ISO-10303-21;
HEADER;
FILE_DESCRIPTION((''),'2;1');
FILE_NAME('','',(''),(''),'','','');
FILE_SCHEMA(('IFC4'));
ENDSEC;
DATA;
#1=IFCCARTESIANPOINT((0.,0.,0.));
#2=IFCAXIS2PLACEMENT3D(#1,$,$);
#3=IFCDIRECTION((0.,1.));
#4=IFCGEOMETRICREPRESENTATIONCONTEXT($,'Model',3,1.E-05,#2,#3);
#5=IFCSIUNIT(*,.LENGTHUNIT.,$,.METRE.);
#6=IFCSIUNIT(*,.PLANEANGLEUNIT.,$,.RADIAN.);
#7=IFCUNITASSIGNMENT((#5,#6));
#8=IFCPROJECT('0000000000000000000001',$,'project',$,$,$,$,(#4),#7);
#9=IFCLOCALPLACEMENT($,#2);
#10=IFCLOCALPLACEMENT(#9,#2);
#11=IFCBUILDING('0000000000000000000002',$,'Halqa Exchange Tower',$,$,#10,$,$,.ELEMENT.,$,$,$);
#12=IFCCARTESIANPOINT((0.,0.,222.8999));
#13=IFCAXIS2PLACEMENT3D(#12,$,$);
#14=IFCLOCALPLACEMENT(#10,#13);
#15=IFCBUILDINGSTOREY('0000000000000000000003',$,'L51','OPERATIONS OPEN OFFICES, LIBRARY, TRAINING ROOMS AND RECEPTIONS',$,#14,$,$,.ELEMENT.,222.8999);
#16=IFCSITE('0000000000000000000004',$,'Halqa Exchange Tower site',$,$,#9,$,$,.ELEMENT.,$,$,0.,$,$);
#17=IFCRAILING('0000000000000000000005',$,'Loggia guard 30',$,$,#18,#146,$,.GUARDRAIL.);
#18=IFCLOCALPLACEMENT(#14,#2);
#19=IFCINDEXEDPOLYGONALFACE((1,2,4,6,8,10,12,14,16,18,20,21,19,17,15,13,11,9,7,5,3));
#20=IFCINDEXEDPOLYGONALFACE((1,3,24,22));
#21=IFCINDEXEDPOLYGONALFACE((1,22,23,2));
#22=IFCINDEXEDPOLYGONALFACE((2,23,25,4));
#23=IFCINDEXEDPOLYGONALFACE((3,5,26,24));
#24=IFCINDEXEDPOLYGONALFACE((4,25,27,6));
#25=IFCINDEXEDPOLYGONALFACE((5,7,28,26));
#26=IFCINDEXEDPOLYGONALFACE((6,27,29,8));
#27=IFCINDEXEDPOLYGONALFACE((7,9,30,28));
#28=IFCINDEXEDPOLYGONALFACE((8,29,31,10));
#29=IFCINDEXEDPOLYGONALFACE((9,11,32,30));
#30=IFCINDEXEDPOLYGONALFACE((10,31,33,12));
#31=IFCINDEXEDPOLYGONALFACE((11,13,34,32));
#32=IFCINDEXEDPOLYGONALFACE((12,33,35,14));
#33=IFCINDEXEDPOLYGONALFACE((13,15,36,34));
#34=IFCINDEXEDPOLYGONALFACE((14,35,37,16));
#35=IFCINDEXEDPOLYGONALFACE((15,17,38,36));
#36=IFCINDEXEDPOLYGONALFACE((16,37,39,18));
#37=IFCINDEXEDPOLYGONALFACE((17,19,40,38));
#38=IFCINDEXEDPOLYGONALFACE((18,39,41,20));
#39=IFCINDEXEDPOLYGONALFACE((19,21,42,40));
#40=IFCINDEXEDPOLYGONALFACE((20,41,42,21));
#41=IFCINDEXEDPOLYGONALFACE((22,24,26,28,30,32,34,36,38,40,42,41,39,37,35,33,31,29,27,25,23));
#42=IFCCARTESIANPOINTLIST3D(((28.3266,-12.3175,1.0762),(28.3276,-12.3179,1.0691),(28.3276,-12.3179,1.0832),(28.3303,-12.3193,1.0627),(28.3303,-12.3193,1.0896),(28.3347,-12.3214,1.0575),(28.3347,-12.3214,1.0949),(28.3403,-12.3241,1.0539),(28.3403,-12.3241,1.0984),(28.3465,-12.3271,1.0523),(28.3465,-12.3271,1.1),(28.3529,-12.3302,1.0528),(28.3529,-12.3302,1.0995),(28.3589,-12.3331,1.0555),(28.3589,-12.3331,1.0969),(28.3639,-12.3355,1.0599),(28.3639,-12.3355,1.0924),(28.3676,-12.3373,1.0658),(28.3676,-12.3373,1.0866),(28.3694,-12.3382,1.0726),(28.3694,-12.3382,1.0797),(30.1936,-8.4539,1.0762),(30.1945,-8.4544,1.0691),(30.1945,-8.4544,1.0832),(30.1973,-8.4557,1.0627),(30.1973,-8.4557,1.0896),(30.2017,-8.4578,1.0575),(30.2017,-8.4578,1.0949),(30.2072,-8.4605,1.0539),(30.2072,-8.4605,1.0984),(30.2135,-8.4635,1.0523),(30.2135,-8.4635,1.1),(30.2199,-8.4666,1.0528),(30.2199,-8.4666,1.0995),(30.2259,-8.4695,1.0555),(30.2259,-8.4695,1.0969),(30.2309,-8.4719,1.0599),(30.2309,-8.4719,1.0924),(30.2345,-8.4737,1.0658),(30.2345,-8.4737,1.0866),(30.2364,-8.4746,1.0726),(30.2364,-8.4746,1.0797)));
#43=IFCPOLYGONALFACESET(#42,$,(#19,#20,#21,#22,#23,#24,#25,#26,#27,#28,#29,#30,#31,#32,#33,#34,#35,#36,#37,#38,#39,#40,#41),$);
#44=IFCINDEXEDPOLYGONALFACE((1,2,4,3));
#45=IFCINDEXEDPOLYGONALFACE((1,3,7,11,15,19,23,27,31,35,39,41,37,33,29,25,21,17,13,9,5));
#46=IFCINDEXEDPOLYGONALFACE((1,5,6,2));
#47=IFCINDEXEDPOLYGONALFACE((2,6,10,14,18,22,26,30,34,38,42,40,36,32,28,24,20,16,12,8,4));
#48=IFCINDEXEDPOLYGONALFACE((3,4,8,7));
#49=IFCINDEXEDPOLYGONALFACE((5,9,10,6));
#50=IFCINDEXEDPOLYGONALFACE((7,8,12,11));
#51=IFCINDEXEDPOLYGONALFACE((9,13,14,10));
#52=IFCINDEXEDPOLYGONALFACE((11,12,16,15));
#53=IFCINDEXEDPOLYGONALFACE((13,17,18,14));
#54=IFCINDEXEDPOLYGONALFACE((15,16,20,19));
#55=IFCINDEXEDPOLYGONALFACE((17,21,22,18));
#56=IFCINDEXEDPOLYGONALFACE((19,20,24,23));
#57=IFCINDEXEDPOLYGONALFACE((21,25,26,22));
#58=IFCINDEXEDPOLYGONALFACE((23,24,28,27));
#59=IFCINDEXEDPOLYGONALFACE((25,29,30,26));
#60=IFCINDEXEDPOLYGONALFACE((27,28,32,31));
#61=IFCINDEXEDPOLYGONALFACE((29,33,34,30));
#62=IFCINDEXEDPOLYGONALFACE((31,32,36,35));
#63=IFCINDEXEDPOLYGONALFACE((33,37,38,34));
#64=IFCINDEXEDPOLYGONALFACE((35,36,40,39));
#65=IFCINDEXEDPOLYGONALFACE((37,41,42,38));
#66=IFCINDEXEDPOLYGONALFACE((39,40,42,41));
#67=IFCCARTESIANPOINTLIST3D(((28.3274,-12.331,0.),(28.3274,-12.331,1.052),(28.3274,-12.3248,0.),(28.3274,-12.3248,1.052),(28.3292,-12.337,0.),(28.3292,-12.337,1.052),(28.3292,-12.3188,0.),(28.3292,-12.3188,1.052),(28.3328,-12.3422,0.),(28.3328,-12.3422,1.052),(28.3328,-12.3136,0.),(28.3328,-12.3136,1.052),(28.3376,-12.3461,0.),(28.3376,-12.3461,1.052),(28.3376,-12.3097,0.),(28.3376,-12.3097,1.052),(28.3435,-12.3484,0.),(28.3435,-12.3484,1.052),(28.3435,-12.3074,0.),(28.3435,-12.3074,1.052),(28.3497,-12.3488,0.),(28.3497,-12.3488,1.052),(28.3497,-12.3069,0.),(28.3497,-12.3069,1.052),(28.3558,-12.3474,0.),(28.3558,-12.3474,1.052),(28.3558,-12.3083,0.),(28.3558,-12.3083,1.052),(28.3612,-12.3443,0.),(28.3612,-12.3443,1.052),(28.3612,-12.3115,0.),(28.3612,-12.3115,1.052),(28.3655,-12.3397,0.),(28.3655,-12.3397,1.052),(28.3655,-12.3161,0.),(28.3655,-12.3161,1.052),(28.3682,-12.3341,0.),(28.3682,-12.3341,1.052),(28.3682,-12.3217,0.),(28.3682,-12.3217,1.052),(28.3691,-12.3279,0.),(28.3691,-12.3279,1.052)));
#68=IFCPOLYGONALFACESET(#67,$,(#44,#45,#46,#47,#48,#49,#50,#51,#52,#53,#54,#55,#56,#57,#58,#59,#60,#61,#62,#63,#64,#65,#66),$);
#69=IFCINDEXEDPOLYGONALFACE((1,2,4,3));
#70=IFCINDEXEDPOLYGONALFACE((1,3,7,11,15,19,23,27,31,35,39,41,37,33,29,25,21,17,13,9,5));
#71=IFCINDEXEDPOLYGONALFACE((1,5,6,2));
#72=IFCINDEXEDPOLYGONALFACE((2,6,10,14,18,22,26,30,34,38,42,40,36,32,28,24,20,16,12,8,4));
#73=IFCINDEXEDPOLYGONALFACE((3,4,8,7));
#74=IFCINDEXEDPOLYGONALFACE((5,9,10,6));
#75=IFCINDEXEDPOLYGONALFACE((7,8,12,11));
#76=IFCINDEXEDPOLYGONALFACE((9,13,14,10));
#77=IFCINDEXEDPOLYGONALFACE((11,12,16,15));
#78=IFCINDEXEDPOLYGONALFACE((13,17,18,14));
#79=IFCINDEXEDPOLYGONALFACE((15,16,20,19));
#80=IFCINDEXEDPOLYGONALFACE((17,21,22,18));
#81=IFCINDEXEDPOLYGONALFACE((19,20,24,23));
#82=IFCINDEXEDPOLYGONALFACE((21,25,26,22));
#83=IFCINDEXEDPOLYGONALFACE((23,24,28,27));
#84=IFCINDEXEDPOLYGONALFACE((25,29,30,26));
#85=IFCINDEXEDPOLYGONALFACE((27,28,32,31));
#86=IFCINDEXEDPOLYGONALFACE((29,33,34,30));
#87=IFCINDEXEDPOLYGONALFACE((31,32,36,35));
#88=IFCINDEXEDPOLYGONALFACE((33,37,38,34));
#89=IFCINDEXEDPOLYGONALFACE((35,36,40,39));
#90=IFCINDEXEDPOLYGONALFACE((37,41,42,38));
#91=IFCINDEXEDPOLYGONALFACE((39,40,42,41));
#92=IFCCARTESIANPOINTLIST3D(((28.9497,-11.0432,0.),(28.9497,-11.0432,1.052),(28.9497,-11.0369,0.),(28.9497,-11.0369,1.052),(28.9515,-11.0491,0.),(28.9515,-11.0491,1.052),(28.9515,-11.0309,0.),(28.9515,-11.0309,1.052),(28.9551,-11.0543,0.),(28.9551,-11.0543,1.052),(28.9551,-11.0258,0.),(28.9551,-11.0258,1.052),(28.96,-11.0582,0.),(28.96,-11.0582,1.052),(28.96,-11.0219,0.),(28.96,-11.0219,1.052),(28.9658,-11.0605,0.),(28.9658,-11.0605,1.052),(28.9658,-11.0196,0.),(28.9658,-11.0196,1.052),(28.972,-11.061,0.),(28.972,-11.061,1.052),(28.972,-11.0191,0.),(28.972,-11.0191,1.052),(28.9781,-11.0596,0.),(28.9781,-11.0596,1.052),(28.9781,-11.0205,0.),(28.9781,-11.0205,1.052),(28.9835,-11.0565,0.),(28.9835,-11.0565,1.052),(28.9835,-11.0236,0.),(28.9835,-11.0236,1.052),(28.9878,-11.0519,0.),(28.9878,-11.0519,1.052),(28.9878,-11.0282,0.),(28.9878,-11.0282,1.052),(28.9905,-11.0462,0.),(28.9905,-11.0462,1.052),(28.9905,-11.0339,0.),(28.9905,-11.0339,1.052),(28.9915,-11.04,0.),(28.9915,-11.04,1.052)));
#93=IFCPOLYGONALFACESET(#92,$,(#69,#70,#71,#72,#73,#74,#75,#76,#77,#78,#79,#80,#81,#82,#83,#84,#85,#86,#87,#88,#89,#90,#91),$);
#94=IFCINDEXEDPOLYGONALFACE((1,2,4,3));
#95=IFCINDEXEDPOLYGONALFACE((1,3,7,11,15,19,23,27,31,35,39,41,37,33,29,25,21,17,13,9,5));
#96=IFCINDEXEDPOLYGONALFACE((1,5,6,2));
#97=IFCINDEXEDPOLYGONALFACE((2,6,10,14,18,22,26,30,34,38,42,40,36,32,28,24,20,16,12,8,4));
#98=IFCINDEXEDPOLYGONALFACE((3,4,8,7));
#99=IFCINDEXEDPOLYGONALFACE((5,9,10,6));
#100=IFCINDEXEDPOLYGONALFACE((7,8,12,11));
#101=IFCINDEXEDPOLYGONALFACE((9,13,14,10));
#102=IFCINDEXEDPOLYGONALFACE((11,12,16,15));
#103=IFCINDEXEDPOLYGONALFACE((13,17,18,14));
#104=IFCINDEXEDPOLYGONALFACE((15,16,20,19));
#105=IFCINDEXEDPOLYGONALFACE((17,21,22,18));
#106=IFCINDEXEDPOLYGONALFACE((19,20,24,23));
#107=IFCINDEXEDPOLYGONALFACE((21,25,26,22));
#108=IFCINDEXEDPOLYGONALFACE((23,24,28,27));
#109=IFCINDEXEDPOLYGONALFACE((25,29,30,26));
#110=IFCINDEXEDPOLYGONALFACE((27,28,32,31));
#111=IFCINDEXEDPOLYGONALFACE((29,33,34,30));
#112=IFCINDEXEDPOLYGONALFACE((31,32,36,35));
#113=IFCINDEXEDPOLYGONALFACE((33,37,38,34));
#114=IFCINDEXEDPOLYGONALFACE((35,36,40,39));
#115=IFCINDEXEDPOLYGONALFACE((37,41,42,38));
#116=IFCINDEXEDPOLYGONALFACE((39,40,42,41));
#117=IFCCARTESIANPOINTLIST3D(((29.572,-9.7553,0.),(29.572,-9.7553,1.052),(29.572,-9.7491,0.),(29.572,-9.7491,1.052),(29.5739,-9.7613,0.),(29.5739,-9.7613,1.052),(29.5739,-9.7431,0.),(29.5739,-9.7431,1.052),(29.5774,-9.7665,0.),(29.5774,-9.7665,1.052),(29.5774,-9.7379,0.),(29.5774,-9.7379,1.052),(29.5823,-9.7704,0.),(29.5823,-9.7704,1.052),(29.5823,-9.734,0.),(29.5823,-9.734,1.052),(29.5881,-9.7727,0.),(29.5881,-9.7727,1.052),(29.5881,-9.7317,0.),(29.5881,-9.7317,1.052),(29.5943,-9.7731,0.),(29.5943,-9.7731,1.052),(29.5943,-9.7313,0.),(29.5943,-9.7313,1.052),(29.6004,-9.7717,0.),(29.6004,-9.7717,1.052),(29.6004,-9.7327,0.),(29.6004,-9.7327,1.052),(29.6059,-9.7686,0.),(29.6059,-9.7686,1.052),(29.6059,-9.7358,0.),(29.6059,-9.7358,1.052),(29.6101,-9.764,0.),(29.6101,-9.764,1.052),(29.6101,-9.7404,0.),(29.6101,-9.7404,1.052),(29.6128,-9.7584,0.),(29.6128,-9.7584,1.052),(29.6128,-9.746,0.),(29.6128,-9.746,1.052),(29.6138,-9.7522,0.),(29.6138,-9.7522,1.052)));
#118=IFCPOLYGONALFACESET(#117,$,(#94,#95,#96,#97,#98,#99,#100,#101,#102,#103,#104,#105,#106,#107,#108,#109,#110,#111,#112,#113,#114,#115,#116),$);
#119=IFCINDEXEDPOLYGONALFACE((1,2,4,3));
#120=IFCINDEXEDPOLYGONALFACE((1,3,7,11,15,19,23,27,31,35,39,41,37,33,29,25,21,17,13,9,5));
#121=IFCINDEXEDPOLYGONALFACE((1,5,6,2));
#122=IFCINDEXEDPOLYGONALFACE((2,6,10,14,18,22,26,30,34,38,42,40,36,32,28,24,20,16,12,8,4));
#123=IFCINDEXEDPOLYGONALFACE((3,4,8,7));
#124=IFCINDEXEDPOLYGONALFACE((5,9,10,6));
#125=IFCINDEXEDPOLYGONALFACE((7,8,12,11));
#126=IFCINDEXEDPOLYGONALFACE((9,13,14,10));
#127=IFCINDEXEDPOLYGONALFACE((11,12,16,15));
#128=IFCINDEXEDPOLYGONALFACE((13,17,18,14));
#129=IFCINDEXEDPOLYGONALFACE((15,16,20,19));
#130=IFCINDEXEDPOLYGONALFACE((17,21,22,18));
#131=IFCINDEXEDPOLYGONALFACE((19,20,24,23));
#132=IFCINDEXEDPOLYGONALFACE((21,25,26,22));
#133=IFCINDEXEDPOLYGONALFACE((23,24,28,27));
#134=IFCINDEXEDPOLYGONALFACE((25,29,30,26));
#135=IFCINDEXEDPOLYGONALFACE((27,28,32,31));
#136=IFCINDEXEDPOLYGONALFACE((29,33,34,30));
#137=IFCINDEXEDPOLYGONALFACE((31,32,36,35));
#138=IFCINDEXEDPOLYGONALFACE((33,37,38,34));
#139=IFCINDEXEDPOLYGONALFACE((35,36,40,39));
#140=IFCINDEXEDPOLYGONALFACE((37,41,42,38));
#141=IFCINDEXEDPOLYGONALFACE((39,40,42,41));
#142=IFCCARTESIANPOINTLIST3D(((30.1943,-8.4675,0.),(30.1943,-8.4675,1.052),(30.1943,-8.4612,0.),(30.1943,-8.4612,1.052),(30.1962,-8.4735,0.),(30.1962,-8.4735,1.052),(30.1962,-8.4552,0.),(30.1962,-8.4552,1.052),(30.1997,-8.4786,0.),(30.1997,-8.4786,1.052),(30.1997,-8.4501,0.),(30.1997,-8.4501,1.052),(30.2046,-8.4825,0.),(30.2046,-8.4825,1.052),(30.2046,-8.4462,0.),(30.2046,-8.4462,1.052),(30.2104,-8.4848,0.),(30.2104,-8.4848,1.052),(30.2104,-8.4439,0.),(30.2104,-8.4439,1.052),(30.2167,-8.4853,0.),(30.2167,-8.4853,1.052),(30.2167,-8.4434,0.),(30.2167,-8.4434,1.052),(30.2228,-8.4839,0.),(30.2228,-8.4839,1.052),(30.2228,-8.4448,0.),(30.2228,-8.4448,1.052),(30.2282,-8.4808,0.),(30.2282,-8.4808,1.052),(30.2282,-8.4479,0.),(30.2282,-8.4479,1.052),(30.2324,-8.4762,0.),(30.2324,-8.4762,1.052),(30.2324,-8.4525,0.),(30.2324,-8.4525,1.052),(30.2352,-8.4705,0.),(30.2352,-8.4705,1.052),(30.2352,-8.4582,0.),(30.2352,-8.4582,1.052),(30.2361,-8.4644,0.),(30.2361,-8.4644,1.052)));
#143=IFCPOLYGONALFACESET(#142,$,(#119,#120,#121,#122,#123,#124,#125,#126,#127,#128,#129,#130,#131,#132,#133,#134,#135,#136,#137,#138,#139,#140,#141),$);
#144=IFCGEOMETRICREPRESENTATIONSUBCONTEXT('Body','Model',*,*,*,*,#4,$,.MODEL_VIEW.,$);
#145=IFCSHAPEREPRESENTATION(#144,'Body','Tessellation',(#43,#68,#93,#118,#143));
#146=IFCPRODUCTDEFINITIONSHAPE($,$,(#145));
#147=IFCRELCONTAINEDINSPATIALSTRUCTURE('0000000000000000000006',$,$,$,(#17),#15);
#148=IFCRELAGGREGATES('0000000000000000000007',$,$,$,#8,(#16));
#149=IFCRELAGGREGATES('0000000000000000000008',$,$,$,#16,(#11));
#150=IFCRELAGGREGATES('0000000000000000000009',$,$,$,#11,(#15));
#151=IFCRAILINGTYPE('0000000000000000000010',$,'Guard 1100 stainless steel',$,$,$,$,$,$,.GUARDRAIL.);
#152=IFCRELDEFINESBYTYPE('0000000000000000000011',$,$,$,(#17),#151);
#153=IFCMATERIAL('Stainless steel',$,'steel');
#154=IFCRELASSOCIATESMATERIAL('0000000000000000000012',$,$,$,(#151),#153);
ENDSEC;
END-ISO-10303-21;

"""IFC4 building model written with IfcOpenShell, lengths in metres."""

from ifc_helpers import new_model, si_unit, direction, frame, origin, origin_2d, place, context, subcontext, project, spatial, circle, extrude, material, type_object, element, save


model = new_model("IFC4")

# Units and contexts
model_context = context("Model", 3, precision=1e-05, world=origin(), true_north=direction((0.0, 1.0)))
body_context = subcontext(model_context, "Body", "Model", "MODEL_VIEW")
ifc_project = project(units=[si_unit("LENGTHUNIT", "METRE"), si_unit("PLANEANGLEUNIT", "RADIAN")], contexts=[model_context])

# Site, building, storey
site_placement = place(None, origin())
site = spatial("IfcSite", under=ifc_project, at=site_placement, Name="Halqa Exchange Tower site", CompositionType="ELEMENT", RefElevation=0.0)
building_placement = place(site_placement, origin())
building = spatial("IfcBuilding", under=site, at=building_placement, Name="Halqa Exchange Tower", CompositionType="ELEMENT")
storey_placement = place(building_placement, frame((0.0, 0.0, 222.8999)))
storey = spatial("IfcBuildingStorey", under=building, at=storey_placement, Name="L51", Description="OPERATIONS OPEN OFFICES, LIBRARY, TRAINING ROOMS AND RECEPTIONS", CompositionType="ELEMENT", Elevation=222.8999)

# Railing
ifc_material_1 = material(Name="Stainless steel", Category="steel")
railing_type = type_object("IfcRailingType", Name="Guard 1100 stainless steel", PredefinedType="GUARDRAIL", material=ifc_material_1)
railing_1_placement = place(storey_placement, frame((28.3481, -12.3279, 0.0)))
element("IfcRailing", 1, at=railing_1_placement, inside=storey, type_object=railing_type, Name="Loggia guard 30", PredefinedType="GUARDRAIL", context=body_context, shape_type="SweptSolid", body=[
    extrude(circle(Radius=0.0239, at=origin_2d()), frame((0.0, 0.0, 1.0762), z_axis=(0.435088, 0.900388, 0.0), x_axis=(-0.900388, 0.435088, 0.0)), (0.0, 0.0, 1.0), 4.291),
    extrude(circle(Radius=0.021, at=origin_2d()), origin(), (0.0, 0.0, 1.0), 1.052),
    extrude(circle(Radius=0.021, at=origin_2d()), frame((0.6223, 1.2878, 0.0)), (0.0, 0.0, 1.0), 1.052),
    extrude(circle(Radius=0.021, at=origin_2d()), frame((1.2446, 2.5757, 0.0)), (0.0, 0.0, 1.0), 1.052),
    extrude(circle(Radius=0.021, at=origin_2d()), frame((1.8669, 3.8635, 0.0)), (0.0, 0.0, 1.0), 1.052),
])

save(model, "model.ifc")
